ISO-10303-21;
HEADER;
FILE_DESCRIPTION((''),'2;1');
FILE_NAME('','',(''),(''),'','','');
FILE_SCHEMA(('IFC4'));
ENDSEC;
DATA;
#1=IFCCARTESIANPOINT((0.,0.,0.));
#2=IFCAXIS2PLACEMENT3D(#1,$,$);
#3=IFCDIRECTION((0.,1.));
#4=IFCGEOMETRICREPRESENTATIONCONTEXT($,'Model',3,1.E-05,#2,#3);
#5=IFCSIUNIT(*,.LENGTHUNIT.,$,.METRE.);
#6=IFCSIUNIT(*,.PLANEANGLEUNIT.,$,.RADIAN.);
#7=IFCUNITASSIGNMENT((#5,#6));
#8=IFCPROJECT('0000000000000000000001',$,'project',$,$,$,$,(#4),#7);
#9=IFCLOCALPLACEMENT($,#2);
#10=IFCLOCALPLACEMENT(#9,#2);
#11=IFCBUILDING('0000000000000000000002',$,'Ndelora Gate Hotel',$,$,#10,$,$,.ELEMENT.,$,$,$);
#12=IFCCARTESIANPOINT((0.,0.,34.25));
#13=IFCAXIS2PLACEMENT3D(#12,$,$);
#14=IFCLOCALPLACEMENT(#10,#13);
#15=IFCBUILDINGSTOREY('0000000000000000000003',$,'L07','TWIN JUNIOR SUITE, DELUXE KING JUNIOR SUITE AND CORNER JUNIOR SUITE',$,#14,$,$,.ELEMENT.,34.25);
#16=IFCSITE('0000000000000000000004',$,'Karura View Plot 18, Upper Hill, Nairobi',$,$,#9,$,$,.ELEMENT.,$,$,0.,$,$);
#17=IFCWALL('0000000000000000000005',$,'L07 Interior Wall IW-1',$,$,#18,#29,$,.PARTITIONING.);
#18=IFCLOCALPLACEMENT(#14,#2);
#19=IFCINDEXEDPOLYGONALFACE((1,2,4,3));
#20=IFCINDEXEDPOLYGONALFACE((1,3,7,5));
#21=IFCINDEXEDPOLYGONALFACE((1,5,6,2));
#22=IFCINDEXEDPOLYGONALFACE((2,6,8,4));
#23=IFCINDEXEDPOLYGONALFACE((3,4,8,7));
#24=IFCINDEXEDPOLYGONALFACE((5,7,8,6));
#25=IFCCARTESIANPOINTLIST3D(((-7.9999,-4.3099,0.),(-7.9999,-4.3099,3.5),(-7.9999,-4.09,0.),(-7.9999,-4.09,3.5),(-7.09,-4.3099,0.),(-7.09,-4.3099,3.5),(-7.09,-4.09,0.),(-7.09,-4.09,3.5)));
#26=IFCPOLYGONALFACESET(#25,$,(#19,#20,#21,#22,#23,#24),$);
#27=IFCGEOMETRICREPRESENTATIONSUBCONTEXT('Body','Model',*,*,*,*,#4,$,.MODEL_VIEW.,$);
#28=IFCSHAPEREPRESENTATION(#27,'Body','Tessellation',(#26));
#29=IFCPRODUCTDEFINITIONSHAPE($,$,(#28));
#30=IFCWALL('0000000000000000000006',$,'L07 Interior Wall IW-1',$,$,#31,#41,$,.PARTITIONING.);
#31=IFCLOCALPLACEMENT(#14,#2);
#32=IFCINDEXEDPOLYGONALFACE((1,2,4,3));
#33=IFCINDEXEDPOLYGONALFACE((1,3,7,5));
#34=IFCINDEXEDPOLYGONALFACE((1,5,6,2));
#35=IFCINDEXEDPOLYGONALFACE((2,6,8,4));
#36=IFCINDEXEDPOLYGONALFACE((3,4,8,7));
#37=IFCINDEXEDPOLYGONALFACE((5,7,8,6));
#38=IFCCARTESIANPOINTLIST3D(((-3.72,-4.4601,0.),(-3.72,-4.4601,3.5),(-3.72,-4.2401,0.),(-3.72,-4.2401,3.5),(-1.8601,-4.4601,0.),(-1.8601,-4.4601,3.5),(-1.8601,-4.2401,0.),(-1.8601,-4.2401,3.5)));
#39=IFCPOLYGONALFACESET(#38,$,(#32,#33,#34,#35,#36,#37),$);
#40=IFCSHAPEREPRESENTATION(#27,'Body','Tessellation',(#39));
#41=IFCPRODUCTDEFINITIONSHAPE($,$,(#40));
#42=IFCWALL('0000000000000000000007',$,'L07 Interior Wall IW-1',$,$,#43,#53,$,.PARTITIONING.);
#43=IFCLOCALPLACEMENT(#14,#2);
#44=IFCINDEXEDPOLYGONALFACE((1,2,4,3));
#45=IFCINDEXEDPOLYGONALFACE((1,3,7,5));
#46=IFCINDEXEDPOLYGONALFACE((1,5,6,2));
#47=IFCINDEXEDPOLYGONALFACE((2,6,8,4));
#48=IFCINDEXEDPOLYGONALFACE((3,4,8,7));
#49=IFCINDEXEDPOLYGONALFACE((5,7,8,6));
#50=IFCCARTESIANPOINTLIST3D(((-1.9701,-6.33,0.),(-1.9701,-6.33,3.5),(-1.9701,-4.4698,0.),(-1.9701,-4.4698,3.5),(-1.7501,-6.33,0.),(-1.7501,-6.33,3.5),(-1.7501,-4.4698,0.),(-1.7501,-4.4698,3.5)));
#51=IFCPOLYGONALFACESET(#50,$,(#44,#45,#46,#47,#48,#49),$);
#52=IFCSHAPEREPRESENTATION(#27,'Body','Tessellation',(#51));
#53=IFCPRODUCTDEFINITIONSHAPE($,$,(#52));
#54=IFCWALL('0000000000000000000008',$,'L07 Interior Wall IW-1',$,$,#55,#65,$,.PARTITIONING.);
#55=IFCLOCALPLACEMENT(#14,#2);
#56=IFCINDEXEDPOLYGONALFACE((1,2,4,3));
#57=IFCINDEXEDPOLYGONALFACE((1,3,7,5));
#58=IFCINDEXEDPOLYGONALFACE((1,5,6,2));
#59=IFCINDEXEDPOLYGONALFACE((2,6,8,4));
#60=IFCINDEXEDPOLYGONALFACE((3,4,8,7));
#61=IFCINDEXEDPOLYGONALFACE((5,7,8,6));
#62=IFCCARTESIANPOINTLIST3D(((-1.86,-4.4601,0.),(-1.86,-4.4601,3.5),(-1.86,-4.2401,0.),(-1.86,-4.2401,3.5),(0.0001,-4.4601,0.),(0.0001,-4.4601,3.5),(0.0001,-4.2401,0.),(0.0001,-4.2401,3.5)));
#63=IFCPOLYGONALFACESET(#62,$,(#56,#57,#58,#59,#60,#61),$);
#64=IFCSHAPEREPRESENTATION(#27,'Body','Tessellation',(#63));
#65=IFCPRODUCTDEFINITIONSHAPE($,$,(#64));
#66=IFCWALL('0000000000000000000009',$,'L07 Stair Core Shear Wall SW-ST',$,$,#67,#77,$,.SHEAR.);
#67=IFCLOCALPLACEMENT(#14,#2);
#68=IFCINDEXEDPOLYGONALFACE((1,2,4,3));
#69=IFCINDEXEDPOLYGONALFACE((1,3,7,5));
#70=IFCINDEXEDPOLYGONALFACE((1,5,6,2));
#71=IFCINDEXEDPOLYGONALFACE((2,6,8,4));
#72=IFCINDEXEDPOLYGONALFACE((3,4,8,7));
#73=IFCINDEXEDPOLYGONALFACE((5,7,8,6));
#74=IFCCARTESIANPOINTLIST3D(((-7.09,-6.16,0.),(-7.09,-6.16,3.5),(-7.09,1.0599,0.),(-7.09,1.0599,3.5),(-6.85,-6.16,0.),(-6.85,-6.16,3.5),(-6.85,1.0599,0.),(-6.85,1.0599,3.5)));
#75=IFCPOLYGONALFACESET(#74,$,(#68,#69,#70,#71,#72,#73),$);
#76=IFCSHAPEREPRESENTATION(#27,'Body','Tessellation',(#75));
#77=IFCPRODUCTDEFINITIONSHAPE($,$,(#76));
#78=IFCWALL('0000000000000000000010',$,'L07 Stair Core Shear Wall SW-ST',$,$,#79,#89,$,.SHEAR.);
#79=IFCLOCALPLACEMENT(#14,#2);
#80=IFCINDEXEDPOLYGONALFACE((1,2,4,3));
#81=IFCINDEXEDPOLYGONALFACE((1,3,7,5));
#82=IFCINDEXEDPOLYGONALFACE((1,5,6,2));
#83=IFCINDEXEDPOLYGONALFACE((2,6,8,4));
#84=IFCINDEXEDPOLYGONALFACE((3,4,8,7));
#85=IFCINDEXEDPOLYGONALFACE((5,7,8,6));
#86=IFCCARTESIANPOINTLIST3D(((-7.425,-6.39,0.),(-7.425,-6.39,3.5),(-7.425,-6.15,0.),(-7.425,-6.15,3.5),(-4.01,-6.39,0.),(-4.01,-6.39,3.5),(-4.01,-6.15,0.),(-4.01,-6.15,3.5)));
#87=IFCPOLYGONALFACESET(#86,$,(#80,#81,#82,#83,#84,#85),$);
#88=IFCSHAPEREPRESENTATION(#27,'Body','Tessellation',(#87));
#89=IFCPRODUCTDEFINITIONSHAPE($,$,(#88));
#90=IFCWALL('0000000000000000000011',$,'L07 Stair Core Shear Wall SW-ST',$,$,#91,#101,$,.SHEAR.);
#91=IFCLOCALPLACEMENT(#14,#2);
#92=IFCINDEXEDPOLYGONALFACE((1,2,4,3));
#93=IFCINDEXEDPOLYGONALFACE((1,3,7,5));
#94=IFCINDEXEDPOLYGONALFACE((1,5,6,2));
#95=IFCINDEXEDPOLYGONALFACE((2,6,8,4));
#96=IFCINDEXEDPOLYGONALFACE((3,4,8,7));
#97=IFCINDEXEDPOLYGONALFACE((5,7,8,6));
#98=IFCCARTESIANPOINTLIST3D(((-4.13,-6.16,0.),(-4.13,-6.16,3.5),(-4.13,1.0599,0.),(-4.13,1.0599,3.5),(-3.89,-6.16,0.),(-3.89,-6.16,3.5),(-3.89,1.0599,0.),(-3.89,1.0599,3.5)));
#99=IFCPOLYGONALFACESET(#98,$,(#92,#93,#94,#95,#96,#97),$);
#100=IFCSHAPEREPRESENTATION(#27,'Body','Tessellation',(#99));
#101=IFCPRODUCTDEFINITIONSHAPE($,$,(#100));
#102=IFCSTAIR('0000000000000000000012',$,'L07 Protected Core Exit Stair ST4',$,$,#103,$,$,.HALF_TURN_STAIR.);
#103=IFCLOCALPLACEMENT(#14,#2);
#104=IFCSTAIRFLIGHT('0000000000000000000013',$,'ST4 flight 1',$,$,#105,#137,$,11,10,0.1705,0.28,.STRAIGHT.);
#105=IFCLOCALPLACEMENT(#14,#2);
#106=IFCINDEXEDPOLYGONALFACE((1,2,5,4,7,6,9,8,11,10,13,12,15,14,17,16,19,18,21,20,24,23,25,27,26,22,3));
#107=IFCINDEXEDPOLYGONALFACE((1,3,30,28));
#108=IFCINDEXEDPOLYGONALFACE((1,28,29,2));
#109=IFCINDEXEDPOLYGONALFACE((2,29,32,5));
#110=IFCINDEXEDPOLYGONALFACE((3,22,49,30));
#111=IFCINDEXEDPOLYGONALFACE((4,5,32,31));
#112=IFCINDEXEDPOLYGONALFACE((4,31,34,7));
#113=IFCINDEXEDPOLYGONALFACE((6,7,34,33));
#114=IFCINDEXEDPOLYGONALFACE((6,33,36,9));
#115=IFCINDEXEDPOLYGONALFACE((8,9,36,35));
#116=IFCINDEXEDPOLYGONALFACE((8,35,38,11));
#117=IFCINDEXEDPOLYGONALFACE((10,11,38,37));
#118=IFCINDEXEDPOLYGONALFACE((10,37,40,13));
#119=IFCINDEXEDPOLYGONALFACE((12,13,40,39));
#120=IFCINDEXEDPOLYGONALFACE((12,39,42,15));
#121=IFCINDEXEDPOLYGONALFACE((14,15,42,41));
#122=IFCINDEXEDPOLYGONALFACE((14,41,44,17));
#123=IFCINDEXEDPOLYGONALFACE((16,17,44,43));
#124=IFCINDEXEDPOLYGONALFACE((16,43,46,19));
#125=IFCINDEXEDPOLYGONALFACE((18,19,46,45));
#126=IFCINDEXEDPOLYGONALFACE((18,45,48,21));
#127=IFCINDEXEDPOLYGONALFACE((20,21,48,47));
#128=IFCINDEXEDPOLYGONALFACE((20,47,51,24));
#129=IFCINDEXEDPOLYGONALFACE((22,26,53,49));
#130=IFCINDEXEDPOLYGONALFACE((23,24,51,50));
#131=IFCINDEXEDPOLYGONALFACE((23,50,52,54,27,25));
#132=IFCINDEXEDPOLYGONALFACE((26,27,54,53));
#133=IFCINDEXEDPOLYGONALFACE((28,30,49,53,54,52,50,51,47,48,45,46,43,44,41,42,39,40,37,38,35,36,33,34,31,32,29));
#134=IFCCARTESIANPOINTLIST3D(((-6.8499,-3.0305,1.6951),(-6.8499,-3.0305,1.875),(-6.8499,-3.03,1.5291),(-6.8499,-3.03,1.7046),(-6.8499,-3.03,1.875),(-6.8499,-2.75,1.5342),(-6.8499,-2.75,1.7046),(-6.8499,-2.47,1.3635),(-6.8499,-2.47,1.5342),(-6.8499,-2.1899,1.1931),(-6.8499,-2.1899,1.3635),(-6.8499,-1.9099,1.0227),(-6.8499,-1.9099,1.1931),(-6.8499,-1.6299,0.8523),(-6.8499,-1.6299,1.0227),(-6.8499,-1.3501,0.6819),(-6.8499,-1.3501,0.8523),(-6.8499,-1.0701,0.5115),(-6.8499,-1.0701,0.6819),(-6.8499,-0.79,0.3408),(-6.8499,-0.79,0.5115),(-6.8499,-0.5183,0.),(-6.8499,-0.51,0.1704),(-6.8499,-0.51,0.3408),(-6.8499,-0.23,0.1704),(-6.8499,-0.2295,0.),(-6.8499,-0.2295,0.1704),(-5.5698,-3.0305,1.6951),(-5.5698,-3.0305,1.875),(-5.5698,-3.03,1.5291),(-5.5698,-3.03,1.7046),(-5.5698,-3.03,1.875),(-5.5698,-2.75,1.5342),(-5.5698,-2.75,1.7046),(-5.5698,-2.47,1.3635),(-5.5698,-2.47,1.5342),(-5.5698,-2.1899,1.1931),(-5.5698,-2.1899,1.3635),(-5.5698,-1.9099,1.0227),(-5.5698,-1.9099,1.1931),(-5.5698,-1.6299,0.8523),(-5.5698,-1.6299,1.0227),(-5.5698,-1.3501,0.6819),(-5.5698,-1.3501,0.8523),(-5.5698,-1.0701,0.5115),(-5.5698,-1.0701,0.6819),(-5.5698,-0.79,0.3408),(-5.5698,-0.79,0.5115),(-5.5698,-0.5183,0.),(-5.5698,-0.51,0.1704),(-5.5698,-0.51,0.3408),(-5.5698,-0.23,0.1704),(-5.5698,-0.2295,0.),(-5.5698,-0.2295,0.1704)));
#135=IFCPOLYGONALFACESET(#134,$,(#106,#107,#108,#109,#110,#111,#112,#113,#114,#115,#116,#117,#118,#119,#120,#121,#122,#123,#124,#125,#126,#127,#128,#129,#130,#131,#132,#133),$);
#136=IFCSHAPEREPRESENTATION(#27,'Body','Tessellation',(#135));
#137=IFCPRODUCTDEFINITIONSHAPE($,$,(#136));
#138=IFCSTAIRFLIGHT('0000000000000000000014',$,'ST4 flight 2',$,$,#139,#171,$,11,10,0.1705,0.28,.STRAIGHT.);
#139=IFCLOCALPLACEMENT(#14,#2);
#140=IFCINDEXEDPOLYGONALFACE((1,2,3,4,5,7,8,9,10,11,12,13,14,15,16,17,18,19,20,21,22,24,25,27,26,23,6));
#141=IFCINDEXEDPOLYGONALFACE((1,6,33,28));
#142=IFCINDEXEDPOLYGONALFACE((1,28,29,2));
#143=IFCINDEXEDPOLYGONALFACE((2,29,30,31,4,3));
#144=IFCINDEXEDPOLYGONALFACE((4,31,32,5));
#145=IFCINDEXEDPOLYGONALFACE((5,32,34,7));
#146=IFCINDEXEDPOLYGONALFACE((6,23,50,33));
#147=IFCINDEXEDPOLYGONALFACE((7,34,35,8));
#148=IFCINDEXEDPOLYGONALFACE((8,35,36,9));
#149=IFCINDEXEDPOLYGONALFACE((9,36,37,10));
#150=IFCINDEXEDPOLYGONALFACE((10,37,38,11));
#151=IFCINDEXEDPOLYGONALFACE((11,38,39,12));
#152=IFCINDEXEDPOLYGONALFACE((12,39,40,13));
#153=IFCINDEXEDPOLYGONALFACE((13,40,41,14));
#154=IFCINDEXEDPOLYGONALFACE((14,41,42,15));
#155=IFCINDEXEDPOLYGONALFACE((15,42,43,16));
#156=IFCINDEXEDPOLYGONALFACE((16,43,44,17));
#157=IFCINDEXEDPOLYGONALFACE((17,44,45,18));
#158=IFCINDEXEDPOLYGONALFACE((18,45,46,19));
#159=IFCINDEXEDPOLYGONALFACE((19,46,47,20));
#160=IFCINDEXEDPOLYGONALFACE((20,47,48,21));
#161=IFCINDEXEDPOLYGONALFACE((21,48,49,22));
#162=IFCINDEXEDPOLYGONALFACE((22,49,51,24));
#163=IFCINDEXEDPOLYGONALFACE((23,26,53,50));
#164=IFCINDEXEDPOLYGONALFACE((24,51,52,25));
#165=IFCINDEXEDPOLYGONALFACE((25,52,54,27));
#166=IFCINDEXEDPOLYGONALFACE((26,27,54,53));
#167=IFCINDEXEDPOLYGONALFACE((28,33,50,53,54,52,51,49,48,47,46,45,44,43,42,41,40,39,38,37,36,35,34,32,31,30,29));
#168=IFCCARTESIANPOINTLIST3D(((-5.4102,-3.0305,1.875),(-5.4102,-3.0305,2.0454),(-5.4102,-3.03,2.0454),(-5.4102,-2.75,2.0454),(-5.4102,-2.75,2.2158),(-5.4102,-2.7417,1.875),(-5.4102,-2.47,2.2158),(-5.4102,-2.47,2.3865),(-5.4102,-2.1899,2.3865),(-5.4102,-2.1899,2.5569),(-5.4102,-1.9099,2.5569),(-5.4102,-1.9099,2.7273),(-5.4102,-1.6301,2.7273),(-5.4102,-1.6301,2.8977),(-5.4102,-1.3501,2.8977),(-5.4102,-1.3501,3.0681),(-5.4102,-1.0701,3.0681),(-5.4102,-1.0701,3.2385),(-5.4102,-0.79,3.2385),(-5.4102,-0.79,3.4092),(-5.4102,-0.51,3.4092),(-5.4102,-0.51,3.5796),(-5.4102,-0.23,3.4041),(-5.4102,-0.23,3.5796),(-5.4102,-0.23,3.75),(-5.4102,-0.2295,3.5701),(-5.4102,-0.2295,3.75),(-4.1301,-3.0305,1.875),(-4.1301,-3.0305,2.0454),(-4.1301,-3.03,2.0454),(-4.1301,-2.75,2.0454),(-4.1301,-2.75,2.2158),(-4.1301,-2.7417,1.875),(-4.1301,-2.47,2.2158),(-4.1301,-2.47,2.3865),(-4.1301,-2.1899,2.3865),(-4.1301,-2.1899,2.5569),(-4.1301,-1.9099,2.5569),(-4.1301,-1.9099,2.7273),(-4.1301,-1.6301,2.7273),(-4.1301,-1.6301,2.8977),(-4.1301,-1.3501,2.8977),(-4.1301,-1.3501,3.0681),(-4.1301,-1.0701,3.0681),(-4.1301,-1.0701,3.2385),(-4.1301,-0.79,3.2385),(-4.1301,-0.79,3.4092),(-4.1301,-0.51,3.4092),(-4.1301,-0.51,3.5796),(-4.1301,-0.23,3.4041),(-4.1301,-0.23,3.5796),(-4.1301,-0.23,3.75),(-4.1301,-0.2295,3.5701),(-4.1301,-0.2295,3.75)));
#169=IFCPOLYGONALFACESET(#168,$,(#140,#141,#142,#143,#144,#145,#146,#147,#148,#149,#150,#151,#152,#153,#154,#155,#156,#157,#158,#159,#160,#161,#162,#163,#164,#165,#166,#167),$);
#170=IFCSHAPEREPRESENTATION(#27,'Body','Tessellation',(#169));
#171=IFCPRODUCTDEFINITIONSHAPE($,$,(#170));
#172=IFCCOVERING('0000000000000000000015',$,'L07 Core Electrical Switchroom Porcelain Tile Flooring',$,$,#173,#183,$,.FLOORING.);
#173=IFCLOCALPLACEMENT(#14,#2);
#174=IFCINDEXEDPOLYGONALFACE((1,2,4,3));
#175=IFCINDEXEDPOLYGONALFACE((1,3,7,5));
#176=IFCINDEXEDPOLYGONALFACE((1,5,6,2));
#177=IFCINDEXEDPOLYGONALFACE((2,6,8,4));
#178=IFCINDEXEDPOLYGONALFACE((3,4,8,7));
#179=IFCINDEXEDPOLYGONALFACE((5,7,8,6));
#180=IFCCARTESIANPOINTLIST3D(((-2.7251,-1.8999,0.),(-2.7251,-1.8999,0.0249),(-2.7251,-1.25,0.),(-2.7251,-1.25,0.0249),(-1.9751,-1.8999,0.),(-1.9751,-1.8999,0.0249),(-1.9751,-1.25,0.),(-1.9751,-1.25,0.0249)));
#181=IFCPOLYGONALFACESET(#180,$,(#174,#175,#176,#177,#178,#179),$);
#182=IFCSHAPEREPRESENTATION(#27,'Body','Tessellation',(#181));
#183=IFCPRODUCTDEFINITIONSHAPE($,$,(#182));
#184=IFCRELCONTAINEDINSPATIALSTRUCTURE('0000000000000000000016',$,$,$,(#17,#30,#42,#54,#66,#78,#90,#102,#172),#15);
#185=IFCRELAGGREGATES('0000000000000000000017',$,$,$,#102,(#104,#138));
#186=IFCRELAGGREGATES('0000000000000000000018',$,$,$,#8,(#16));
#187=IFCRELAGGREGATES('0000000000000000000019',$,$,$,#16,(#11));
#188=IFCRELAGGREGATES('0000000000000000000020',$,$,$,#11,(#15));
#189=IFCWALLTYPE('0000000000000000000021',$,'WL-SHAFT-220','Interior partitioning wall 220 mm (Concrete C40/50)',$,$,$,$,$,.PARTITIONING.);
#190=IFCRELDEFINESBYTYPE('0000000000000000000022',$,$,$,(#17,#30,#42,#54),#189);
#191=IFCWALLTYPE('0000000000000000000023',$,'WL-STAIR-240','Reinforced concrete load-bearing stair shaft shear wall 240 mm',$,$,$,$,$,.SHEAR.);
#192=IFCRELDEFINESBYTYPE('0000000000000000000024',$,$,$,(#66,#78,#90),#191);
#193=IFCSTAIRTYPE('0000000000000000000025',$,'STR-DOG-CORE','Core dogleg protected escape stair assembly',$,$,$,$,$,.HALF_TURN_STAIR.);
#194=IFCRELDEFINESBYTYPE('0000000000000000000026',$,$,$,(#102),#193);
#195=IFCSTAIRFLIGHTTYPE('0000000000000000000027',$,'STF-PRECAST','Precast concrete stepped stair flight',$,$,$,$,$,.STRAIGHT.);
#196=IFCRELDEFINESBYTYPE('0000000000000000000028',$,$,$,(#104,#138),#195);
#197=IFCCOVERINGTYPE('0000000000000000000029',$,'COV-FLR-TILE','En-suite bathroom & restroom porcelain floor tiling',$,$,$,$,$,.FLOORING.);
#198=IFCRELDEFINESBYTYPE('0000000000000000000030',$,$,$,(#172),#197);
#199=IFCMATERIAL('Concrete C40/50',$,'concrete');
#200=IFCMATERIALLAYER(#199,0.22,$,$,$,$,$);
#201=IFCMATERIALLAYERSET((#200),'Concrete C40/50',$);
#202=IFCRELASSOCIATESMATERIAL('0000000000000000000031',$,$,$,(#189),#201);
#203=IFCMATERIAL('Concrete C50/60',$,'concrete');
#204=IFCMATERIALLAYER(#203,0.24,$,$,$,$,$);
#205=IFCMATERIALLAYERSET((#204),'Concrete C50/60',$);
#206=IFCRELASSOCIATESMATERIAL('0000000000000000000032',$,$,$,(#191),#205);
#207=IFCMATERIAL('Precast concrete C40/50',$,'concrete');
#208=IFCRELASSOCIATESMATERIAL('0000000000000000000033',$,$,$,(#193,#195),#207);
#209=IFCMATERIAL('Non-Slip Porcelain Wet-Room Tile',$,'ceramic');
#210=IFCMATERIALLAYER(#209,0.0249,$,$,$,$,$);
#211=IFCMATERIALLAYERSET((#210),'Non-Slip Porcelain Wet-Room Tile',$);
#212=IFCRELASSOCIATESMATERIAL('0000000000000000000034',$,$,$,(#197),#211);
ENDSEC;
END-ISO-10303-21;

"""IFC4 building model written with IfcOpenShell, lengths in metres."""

from ifc_helpers import new_model, si_unit, direction, frame, frame_2d, origin, origin_2d, place, context, subcontext, project, spatial, polyline, rectangle, outline, extrude, material, layer, layer_set, type_object, element, aggregate, save


model = new_model("IFC4")

# Units and contexts
model_context = context("Model", 3, precision=1e-05, world=origin(), true_north=direction((0.0, 1.0)))
body_context = subcontext(model_context, "Body", "Model", "MODEL_VIEW")
ifc_project = project(units=[si_unit("LENGTHUNIT", "METRE"), si_unit("PLANEANGLEUNIT", "RADIAN")], contexts=[model_context])

# Site, building, storey
site_placement = place(None, origin())
site = spatial("IfcSite", under=ifc_project, at=site_placement, Name="Karura View Plot 18, Upper Hill, Nairobi", CompositionType="ELEMENT", RefElevation=0.0)
building_placement = place(site_placement, origin())
building = spatial("IfcBuilding", under=site, at=building_placement, Name="Ndelora Gate Hotel", CompositionType="ELEMENT")
storey_placement = place(building_placement, frame((0.0, 0.0, 34.25)))
storey = spatial("IfcBuildingStorey", under=building, at=storey_placement, Name="L07", Description="TWIN JUNIOR SUITE, DELUXE KING JUNIOR SUITE AND CORNER JUNIOR SUITE", CompositionType="ELEMENT", Elevation=34.25)

# Walls
ifc_material_1 = material(Name="Concrete C40/50", Category="concrete")
ifc_layer_1 = layer(ifc_material_1, 0.22)
ifc_layer_set_1 = layer_set([ifc_layer_1], Name="Concrete C40/50")
wall_type_1 = type_object("IfcWallType", Name="WL-SHAFT-220", Description="Interior partitioning wall 220 mm (Concrete C40/50)", PredefinedType="PARTITIONING", material=ifc_layer_set_1)
wall_1_placement = place(storey_placement, frame((-8.0, -4.2, 0.0), z_axis=(0.0, 0.0, 1.0), x_axis=(1.0, 0.0, 0.0)))
element("IfcWall", 1, at=wall_1_placement, inside=storey, type_object=wall_type_1, Name="L07 Interior Wall IW-1", PredefinedType="PARTITIONING", context=body_context, shape_type="SweptSolid", body=[
    extrude(rectangle(XDim=0.9099, YDim=0.22, at=frame_2d((0.4551, 0.0))), origin(), (0.0, 0.0, 1.0), 3.5),
])
wall_2_placement = place(storey_placement, frame((-3.72, -4.3501, 0.0), z_axis=(0.0, 0.0, 1.0), x_axis=(1.0, 0.0, 0.0)))
element("IfcWall", 2, at=wall_2_placement, inside=storey, type_object=wall_type_1, Name="L07 Interior Wall IW-1", PredefinedType="PARTITIONING", context=body_context, shape_type="SweptSolid", body=[
    extrude(rectangle(XDim=1.8599, YDim=0.22, at=frame_2d((0.9299, 0.0))), origin(), (0.0, 0.0, 1.0), 3.5),
])
wall_3_placement = place(storey_placement, frame((-1.8601, -6.3301, 0.0), z_axis=(0.0, 0.0, 1.0), x_axis=(0.0, 1.0, 0.0)))
element("IfcWall", 3, at=wall_3_placement, inside=storey, type_object=wall_type_1, Name="L07 Interior Wall IW-1", PredefinedType="PARTITIONING", context=body_context, shape_type="SweptSolid", body=[
    extrude(rectangle(XDim=1.8601, YDim=0.22, at=frame_2d((0.9302, 0.0))), origin(), (0.0, 0.0, 1.0), 3.5),
])

# Walls
wall_4_placement = place(storey_placement, frame((-1.8601, -4.3501, 0.0), z_axis=(0.0, 0.0, 1.0), x_axis=(1.0, 0.0, 0.0)))
element("IfcWall", 4, at=wall_4_placement, inside=storey, type_object=wall_type_1, Name="L07 Interior Wall IW-1", PredefinedType="PARTITIONING", context=body_context, shape_type="SweptSolid", body=[
    extrude(rectangle(XDim=1.8601, YDim=0.22, at=frame_2d((0.9302, 0.0))), origin(), (0.0, 0.0, 1.0), 3.5),
])
ifc_material_2 = material(Name="Concrete C50/60", Category="concrete")
ifc_layer_2 = layer(ifc_material_2, 0.24)
ifc_layer_set_2 = layer_set([ifc_layer_2], Name="Concrete C50/60")
wall_type_2 = type_object("IfcWallType", Name="WL-STAIR-240", Description="Reinforced concrete load-bearing stair shaft shear wall 240 mm", PredefinedType="SHEAR", material=ifc_layer_set_2)
wall_5_placement = place(storey_placement, frame((-6.97, -6.1599, 0.0), z_axis=(0.0, 0.0, 1.0), x_axis=(0.0, 1.0, 0.0)))
element("IfcWall", 5, at=wall_5_placement, inside=storey, type_object=wall_type_2, Name="L07 Stair Core Shear Wall SW-ST", PredefinedType="SHEAR", context=body_context, shape_type="SweptSolid", body=[
    extrude(rectangle(XDim=7.22, YDim=0.24, at=frame_2d((3.6099, 0.0))), origin(), (0.0, 0.0, 1.0), 3.5),
])
wall_6_placement = place(storey_placement, frame((-7.425, -6.27, 0.0), z_axis=(0.0, 0.0, 1.0), x_axis=(1.0, 0.0, 0.0)))
element("IfcWall", 6, at=wall_6_placement, inside=storey, type_object=wall_type_2, Name="L07 Stair Core Shear Wall SW-ST", PredefinedType="SHEAR", context=body_context, shape_type="SweptSolid", body=[
    extrude(rectangle(XDim=3.415, YDim=0.24, at=frame_2d((1.7075, 0.0))), origin(), (0.0, 0.0, 1.0), 3.5),
])
wall_7_placement = place(storey_placement, frame((-4.01, -6.1599, 0.0), z_axis=(0.0, 0.0, 1.0), x_axis=(0.0, 1.0, 0.0)))
element("IfcWall", 7, at=wall_7_placement, inside=storey, type_object=wall_type_2, Name="L07 Stair Core Shear Wall SW-ST", PredefinedType="SHEAR", context=body_context, shape_type="SweptSolid", body=[
    extrude(rectangle(XDim=7.22, YDim=0.24, at=frame_2d((3.6099, 0.0))), origin(), (0.0, 0.0, 1.0), 3.5),
])

# Stair, stair flights
ifc_material_3 = material(Name="Precast concrete C40/50", Category="concrete")
stair_type = type_object("IfcStairType", Name="STR-DOG-CORE", Description="Core dogleg protected escape stair assembly", PredefinedType="HALF_TURN_STAIR", material=ifc_material_3)
stair_placement = place(storey_placement, origin())
stair = element("IfcStair", 8, at=stair_placement, inside=storey, type_object=stair_type, Name="L07 Protected Core Exit Stair ST4", PredefinedType="HALF_TURN_STAIR")
stair_flight_type = type_object("IfcStairFlightType", Name="STF-PRECAST", Description="Precast concrete stepped stair flight", PredefinedType="STRAIGHT", material=ifc_material_3)
stair_flight_1_placement = place(storey_placement, frame((-6.21, -0.23, 0.0), z_axis=(0.0, 0.0, 1.0), x_axis=(0.0, -1.0, 0.0)))
stair_flight_1 = element("IfcStairFlight", 9, at=stair_flight_1_placement, type_object=stair_flight_type, Name="ST4 flight 1", NumberOfRisers=11, NumberOfTreads=10, PredefinedType="STRAIGHT", RiserHeight=0.1705, TreadLength=0.28, context=body_context, shape_type="SweptSolid", body=[
    extrude(outline(polyline([(-0.0005, 0.0), (-0.0005, 0.1704), (0.0, 0.1704), (0.28, 0.1704), (0.28, 0.3408), (0.5601, 0.3408), (0.5601, 0.5115), (0.8401, 0.5115), (0.8401, 0.6819), (1.1201, 0.6819), (1.1201, 0.8523), (1.3999, 0.8523), (1.3999, 1.0227), (1.6799, 1.0227), (1.6799, 1.1931), (1.96, 1.1931), (1.96, 1.3635), (2.24, 1.3635), (2.24, 1.5342), (2.52, 1.5342), (2.52, 1.7046), (2.8, 1.7046), (2.8, 1.875), (2.8005, 1.875), (2.8005, 1.6951), (2.8, 1.5291), (0.2883, 0.0), (-0.0005, 0.0)])), frame((0.0, 0.6401, 0.0), z_axis=(0.0, -1.0, 0.0), x_axis=(1.0, 0.0, 0.0)), (0.0, 0.0, 1.0), 1.28),
])
stair_flight_2_placement = place(storey_placement, frame((-4.77, -3.03, 1.875), z_axis=(0.0, 0.0, 1.0), x_axis=(0.0, 1.0, 0.0)))
stair_flight_2 = element("IfcStairFlight", 10, at=stair_flight_2_placement, type_object=stair_flight_type, Name="ST4 flight 2", NumberOfRisers=11, NumberOfTreads=10, PredefinedType="STRAIGHT", RiserHeight=0.1705, TreadLength=0.28, context=body_context, shape_type="SweptSolid", body=[
    extrude(outline(polyline([(-0.0005, 0.0), (-0.0005, 0.1704), (0.0, 0.1704), (0.28, 0.1704), (0.28, 0.3408), (0.5601, 0.3408), (0.5601, 0.5115), (0.8401, 0.5115), (0.8401, 0.6819), (1.1201, 0.6819), (1.1201, 0.8523), (1.3999, 0.8523), (1.3999, 1.0227), (1.6799, 1.0227), (1.6799, 1.1931), (1.96, 1.1931), (1.96, 1.3635), (2.24, 1.3635), (2.24, 1.5342), (2.52, 1.5342), (2.52, 1.7046), (2.8, 1.7046), (2.8, 1.875), (2.8005, 1.875), (2.8005, 1.6951), (2.8, 1.5291), (0.2883, 0.0), (-0.0005, 0.0)])), frame((0.0, 0.6401, 0.0), z_axis=(0.0, -1.0, 0.0), x_axis=(1.0, 0.0, 0.0)), (0.0, 0.0, 1.0), 1.28),
])
aggregate(stair, [stair_flight_1, stair_flight_2])

# Covering
ifc_material_4 = material(Name="Non-Slip Porcelain Wet-Room Tile", Category="ceramic")
ifc_layer_3 = layer(ifc_material_4, 0.0249)
ifc_layer_set_3 = layer_set([ifc_layer_3], Name="Non-Slip Porcelain Wet-Room Tile")
covering_type = type_object("IfcCoveringType", Name="COV-FLR-TILE", Description="En-suite bathroom & restroom porcelain floor tiling", PredefinedType="FLOORING", material=ifc_layer_set_3)
covering_placement = place(storey_placement, frame((-2.3501, -1.575, 0.0), z_axis=(0.0, 0.0, 1.0), x_axis=(1.0, 0.0, 0.0)))
element("IfcCovering", 11, at=covering_placement, inside=storey, type_object=covering_type, Name="L07 Core Electrical Switchroom Porcelain Tile Flooring", PredefinedType="FLOORING", context=body_context, shape_type="SweptSolid", body=[
    extrude(rectangle(XDim=0.75, YDim=0.6499, at=origin_2d()), origin(), (0.0, 0.0, 1.0), 0.0249),
])

save(model, "model.ifc")
